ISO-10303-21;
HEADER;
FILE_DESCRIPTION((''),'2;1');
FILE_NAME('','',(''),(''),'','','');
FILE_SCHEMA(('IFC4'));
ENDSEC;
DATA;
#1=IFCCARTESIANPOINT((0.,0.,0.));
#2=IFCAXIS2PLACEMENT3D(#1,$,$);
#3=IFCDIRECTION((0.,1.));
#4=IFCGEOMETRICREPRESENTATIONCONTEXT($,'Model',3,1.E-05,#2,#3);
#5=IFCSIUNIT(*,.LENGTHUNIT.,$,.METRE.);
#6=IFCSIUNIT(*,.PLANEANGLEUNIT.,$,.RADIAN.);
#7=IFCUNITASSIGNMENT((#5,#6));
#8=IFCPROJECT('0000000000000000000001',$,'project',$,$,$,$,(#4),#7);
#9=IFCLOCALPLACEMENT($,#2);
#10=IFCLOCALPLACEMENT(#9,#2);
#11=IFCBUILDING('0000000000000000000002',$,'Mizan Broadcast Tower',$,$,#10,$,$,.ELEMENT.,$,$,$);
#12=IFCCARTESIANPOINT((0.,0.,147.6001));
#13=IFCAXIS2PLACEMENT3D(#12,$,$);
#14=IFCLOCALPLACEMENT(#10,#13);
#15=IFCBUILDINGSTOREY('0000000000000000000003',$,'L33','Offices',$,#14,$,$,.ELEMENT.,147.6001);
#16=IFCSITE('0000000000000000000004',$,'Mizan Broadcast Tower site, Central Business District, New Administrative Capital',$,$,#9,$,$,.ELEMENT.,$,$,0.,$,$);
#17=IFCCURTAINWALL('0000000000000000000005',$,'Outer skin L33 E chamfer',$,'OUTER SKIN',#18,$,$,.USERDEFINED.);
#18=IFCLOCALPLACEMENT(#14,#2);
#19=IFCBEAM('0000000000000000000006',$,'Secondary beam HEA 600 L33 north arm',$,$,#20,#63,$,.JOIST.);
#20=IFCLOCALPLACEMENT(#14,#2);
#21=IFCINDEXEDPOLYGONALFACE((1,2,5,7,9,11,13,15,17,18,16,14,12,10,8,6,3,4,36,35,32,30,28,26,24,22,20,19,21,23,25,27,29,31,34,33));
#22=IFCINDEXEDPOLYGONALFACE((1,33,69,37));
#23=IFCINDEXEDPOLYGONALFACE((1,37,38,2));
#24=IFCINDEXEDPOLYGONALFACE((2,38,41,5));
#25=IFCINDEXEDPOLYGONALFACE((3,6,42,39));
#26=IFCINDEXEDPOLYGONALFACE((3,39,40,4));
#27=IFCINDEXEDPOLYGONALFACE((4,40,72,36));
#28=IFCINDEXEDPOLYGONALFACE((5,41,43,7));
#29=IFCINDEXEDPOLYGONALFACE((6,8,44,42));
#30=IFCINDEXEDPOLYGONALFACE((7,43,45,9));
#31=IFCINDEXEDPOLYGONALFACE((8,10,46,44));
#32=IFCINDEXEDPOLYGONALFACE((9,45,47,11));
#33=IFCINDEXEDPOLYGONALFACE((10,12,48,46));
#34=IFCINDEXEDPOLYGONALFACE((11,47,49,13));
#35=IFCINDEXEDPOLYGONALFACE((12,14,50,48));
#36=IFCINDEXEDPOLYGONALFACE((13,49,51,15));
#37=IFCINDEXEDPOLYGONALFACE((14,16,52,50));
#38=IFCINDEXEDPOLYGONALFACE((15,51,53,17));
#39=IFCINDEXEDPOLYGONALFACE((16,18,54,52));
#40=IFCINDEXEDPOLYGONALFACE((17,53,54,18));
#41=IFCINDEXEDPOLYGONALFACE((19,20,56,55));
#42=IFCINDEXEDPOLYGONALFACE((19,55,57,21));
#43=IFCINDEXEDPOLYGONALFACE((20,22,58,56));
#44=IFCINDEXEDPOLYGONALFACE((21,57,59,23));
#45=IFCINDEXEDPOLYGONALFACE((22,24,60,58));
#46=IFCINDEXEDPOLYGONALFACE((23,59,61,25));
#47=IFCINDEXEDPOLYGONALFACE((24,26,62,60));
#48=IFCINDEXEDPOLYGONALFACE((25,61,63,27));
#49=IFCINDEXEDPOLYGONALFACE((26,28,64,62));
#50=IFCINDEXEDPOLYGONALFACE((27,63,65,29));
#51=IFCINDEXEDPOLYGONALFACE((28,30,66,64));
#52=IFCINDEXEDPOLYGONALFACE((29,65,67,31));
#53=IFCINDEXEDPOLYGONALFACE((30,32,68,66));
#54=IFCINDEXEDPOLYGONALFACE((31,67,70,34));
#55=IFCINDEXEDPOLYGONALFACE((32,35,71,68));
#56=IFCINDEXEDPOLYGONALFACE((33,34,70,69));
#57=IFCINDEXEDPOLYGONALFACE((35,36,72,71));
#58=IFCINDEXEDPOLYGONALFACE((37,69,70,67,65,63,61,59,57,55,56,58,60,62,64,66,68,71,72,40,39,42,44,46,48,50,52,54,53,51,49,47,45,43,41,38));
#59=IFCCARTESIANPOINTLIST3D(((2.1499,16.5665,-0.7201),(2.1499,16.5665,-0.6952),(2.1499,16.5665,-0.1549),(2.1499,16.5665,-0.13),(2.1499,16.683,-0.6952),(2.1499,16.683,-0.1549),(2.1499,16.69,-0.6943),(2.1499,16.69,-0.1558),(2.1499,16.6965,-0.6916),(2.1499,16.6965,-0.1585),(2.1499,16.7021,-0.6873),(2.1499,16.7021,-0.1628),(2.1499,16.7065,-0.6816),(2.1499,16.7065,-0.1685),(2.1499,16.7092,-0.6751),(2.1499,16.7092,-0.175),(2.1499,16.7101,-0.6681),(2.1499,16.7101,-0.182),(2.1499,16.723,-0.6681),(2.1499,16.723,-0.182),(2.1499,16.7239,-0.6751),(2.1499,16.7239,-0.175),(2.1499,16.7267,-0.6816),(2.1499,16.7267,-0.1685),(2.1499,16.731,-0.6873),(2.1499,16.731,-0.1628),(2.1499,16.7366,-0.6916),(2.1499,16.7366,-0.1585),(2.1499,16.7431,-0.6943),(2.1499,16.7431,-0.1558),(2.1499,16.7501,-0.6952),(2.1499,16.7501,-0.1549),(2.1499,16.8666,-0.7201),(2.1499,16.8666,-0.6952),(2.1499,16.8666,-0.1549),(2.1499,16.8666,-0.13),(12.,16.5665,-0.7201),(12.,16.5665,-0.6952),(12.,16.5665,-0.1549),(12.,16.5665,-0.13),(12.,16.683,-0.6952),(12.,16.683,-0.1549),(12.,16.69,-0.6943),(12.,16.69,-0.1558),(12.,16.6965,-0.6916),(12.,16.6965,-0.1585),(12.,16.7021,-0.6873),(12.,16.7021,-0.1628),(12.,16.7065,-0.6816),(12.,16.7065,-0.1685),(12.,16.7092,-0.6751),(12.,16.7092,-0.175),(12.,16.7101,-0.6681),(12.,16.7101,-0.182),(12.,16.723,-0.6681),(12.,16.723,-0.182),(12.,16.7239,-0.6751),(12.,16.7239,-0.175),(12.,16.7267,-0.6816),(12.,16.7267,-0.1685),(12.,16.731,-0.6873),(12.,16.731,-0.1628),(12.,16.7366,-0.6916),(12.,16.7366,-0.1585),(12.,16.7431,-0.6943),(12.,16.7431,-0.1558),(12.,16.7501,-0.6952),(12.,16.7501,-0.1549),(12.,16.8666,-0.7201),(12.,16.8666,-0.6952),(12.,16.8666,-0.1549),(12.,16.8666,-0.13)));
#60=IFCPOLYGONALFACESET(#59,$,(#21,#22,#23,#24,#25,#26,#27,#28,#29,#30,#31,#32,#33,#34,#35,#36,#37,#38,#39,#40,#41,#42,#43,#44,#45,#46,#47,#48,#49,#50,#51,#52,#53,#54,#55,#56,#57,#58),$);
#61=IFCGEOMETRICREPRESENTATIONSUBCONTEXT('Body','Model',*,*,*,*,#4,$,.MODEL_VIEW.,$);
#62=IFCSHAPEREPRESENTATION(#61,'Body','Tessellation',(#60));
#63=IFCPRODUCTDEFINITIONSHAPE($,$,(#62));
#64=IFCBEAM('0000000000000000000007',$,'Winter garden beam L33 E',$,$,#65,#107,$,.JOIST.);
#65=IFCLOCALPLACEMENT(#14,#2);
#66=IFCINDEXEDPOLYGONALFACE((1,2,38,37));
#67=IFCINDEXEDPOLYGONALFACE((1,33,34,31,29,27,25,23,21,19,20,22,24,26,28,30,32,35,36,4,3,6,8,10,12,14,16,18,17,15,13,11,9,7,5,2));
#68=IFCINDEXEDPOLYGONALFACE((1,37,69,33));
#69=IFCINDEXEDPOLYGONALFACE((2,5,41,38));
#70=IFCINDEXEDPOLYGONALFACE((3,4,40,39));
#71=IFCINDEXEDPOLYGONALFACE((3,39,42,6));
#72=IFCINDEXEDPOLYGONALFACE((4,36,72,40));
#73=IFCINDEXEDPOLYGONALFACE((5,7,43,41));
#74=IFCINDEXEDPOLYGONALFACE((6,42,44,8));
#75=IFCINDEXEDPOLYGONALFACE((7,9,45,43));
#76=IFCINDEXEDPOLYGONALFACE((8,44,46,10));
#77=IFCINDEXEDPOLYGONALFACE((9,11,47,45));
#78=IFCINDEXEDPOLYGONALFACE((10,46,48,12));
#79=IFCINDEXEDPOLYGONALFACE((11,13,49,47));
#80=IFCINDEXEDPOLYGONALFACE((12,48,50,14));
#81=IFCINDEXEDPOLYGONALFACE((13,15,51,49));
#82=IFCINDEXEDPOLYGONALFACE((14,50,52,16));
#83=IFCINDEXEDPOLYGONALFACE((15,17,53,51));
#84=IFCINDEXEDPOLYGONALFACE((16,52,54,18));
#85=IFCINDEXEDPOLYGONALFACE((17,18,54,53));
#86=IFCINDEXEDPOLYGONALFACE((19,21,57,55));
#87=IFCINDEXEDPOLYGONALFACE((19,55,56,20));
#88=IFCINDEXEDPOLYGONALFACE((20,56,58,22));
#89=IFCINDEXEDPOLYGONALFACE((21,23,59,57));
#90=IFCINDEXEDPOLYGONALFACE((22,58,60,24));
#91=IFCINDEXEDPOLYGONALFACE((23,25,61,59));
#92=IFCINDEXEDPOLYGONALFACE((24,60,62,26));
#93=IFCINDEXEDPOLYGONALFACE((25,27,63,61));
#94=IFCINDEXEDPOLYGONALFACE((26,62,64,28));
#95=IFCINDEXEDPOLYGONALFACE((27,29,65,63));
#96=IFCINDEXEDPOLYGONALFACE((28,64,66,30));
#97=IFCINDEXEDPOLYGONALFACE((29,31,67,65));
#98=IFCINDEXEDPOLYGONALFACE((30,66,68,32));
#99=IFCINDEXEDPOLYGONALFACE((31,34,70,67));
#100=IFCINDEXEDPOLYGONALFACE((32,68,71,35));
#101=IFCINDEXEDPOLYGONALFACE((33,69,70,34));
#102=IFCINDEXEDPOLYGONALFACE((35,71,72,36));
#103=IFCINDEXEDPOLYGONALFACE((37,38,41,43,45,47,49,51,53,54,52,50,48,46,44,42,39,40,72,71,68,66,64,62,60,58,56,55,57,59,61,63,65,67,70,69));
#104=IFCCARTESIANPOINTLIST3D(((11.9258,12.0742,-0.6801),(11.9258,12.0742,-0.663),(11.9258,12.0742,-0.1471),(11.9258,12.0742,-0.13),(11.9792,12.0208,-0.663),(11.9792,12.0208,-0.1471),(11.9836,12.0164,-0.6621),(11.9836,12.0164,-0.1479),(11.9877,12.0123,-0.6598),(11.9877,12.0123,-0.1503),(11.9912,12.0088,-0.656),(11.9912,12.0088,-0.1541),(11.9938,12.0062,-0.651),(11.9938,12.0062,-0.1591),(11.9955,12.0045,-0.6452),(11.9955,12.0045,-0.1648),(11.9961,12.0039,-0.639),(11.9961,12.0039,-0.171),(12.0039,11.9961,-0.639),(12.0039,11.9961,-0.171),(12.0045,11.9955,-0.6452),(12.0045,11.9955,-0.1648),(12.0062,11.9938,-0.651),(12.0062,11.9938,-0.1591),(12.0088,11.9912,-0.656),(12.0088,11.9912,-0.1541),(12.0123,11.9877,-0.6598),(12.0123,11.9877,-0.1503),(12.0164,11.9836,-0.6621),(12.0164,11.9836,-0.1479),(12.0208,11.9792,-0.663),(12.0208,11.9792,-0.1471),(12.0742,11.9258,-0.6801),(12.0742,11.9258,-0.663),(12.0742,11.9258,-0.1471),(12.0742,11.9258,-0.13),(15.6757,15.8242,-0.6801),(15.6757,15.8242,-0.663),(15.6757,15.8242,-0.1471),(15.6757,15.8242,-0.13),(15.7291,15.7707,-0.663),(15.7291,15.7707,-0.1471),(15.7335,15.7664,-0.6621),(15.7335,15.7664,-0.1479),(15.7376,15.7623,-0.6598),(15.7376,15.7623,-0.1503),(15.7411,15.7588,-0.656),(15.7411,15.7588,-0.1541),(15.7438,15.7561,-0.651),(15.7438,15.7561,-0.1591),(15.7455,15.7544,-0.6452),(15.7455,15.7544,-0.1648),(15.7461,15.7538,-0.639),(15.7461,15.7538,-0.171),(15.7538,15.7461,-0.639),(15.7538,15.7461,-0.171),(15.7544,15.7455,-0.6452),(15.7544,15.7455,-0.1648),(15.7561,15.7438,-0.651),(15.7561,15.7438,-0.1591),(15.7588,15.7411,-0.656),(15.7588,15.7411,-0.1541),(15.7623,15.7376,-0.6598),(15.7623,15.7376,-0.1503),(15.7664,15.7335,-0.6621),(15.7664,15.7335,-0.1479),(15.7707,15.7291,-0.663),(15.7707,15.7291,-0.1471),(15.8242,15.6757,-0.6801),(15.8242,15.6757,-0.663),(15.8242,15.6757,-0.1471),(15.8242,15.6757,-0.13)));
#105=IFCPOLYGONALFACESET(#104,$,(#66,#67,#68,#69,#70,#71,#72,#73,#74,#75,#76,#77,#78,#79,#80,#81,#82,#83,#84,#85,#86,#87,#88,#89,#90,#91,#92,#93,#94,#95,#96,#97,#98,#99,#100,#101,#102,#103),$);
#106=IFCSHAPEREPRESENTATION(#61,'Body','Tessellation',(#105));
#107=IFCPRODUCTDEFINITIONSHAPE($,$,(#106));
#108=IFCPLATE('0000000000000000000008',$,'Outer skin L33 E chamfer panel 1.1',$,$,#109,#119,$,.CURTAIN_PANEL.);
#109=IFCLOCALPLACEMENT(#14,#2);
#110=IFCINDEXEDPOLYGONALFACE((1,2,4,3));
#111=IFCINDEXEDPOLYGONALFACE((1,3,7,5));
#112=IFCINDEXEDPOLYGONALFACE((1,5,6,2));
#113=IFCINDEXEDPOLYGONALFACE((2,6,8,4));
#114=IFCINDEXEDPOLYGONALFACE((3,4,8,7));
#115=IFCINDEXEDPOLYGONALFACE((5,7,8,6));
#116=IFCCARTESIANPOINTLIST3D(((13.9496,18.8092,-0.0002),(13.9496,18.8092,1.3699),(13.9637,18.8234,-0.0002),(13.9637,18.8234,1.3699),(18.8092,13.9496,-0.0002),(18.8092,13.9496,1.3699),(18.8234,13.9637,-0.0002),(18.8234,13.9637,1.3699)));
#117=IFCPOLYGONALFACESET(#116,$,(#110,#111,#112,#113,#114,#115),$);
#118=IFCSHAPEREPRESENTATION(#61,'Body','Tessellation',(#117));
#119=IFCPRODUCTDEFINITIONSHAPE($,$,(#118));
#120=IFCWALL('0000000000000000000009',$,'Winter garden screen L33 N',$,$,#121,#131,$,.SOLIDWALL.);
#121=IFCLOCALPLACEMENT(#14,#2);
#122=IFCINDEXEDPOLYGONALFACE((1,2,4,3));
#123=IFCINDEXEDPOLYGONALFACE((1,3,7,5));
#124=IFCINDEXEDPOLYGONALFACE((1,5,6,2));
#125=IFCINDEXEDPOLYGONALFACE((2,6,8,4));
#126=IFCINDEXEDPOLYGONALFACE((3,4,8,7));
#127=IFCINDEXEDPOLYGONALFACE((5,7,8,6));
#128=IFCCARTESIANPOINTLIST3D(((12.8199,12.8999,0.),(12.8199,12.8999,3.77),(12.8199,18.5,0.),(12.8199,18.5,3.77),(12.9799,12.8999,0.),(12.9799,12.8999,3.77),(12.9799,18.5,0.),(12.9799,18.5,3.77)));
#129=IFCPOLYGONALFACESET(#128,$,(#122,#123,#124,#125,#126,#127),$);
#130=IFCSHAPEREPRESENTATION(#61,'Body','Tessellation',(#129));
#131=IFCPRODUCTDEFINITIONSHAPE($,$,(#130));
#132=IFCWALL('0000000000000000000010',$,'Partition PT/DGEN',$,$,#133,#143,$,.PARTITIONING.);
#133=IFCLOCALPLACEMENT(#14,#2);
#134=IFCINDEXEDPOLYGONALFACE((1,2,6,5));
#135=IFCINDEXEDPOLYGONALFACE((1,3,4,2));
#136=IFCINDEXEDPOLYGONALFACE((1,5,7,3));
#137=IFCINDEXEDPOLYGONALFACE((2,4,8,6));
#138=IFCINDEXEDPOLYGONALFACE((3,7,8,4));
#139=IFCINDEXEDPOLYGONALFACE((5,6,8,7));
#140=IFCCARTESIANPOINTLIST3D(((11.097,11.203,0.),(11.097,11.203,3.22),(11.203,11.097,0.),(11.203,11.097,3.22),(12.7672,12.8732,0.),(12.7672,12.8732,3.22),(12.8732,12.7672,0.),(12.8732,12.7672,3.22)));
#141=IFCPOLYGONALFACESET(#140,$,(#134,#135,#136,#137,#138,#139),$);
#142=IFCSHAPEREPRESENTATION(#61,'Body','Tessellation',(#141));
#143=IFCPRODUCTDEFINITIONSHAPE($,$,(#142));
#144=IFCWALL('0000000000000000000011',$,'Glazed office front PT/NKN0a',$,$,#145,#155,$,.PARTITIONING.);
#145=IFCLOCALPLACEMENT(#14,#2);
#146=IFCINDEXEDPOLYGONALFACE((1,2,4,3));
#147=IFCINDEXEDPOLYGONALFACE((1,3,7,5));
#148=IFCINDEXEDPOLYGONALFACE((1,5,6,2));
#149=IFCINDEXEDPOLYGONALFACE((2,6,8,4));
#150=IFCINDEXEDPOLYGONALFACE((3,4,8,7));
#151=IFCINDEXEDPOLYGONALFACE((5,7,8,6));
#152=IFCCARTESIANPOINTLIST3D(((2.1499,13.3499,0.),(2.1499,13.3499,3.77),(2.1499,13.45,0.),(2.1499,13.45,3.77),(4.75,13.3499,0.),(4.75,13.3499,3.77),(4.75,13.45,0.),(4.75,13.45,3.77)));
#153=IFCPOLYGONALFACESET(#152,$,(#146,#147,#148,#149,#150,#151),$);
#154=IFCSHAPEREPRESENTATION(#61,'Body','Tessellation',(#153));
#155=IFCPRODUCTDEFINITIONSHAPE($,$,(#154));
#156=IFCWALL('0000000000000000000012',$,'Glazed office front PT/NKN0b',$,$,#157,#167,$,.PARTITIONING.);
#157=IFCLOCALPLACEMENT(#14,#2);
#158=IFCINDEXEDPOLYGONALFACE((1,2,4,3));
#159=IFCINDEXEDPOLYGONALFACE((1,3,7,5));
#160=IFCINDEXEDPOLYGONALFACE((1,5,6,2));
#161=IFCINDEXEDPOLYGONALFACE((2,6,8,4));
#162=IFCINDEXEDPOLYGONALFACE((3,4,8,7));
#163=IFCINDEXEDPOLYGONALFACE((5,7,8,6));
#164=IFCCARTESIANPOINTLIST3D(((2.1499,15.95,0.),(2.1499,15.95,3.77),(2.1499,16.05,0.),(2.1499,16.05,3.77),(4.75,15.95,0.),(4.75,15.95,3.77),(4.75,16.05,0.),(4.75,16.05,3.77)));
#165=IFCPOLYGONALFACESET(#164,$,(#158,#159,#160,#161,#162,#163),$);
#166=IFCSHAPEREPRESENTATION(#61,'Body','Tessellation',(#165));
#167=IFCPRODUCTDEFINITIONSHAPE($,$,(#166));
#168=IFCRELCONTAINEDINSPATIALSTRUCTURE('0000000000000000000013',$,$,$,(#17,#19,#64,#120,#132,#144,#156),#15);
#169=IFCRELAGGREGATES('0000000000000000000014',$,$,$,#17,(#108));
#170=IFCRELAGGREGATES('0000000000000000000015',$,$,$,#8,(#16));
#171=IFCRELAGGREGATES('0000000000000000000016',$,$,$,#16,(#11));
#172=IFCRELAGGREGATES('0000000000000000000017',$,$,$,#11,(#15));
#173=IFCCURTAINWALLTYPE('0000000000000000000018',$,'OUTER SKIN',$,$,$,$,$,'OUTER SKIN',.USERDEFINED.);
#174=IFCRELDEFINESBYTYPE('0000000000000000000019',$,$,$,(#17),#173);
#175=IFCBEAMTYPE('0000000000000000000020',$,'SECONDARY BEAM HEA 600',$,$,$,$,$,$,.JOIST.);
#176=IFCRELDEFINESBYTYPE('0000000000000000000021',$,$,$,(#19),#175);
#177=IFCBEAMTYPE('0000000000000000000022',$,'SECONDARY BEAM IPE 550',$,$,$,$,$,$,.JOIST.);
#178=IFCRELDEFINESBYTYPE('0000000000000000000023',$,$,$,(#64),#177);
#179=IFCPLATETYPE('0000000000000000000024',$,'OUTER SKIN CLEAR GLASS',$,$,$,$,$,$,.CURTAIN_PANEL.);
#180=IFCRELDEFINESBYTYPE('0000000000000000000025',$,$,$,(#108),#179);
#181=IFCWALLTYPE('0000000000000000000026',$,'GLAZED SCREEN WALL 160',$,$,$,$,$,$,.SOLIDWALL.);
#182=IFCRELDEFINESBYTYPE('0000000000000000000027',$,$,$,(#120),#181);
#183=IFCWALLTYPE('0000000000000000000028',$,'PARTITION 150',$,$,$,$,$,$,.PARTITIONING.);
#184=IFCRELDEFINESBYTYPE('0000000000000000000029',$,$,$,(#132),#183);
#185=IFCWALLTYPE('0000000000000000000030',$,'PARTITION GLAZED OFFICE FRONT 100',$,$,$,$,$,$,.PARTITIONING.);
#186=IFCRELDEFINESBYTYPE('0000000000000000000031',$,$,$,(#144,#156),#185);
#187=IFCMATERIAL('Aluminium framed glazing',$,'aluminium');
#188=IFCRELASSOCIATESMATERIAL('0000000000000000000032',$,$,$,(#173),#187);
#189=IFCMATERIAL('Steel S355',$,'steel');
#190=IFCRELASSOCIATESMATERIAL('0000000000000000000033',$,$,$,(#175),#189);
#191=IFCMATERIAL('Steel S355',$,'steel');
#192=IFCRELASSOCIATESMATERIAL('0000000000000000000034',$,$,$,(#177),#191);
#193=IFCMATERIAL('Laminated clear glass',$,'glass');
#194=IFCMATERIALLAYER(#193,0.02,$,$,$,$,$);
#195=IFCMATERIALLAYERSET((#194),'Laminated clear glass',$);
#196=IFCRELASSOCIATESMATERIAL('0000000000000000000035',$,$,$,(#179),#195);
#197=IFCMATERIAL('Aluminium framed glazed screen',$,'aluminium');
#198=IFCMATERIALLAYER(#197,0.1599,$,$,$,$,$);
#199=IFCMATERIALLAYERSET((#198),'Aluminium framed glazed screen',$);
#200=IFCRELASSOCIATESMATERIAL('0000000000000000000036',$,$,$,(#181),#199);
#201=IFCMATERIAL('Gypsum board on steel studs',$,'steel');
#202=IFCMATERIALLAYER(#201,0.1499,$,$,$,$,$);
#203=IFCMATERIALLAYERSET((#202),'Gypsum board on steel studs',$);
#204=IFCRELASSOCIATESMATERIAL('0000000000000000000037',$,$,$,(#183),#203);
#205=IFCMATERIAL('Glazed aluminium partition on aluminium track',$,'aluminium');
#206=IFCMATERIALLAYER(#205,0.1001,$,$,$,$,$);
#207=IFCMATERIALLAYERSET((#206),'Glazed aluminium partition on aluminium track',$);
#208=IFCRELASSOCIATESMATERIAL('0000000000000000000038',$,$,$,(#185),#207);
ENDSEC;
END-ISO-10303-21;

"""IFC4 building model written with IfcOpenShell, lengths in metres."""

from ifc_helpers import new_model, si_unit, direction, frame, frame_2d, origin, origin_2d, place, context, subcontext, project, spatial, rectangle, i_section, extrude, material, layer, layer_set, material_profile, profile_set, type_object, element, aggregate, save


model = new_model("IFC4")

# Units and contexts
model_context = context("Model", 3, precision=1e-05, world=origin(), true_north=direction((0.0, 1.0)))
body_context = subcontext(model_context, "Body", "Model", "MODEL_VIEW")
ifc_project = project(units=[si_unit("LENGTHUNIT", "METRE"), si_unit("PLANEANGLEUNIT", "RADIAN")], contexts=[model_context])

# Site, building, storey
site_placement = place(None, origin())
site = spatial("IfcSite", under=ifc_project, at=site_placement, Name="Mizan Broadcast Tower site, Central Business District, New Administrative Capital", CompositionType="ELEMENT", RefElevation=0.0)
building_placement = place(site_placement, origin())
building = spatial("IfcBuilding", under=site, at=building_placement, Name="Mizan Broadcast Tower", CompositionType="ELEMENT")
storey_placement = place(building_placement, frame((0.0, 0.0, 147.6001)))
storey = spatial("IfcBuildingStorey", under=building, at=storey_placement, Name="L33", Description="Offices", CompositionType="ELEMENT", Elevation=147.6001)

# Curtain wall
ifc_material_1 = material(Name="Aluminium framed glazing", Category="aluminium")
curtain_wall_type_1 = type_object("IfcCurtainWallType", Name="OUTER SKIN", ElementType="OUTER SKIN", PredefinedType="USERDEFINED", material=ifc_material_1)
curtain_wall_1_placement = place(storey_placement, origin())
curtain_wall_1 = element("IfcCurtainWall", 1, at=curtain_wall_1_placement, inside=storey, type_object=curtain_wall_type_1, Name="Outer skin L33 E chamfer", ObjectType="OUTER SKIN", PredefinedType="USERDEFINED")

# Beams
ifc_material_2 = material(Name="Steel S355", Category="steel")
ifc_material_profile_1 = material_profile(ifc_material_2, i_section(OverallWidth=0.3, OverallDepth=0.5901, WebThickness=0.0129, FlangeThickness=0.0249, FilletRadius=0.0271, at=origin_2d()), Name="HEA 600")
ifc_profile_set_1 = profile_set([ifc_material_profile_1], Name="Steel S355")
beam_type_1 = type_object("IfcBeamType", Name="SECONDARY BEAM HEA 600", PredefinedType="JOIST", material=ifc_profile_set_1)
for number, where, z_axis, x_axis, name in (
    (2, (12.0, 16.7166, -0.425), (-1.0, 0.0, 0.0), (0.0, -1.0, 0.0), "Secondary beam HEA 600 L33 north arm"),
):
    element("IfcBeam", number, at=place(storey_placement, frame(where, z_axis=z_axis, x_axis=x_axis)), inside=storey, type_object=beam_type_1, Name=name, PredefinedType="JOIST", context=body_context, shape_type="SweptSolid", body=[
        extrude(i_section(OverallWidth=0.3, OverallDepth=0.5901, WebThickness=0.0129, FlangeThickness=0.0249, FilletRadius=0.0271, at=origin_2d()), origin(), (0.0, 0.0, 1.0), 9.8501),
    ])
ifc_material_3 = material(Name="Steel S355", Category="steel")
ifc_material_profile_2 = material_profile(ifc_material_3, i_section(OverallWidth=0.21, OverallDepth=0.55, WebThickness=0.011, FlangeThickness=0.0171, FilletRadius=0.0239, at=origin_2d()), Name="IPE 550")
ifc_profile_set_2 = profile_set([ifc_material_profile_2], Name="Steel S355")
beam_type_2 = type_object("IfcBeamType", Name="SECONDARY BEAM IPE 550", PredefinedType="JOIST", material=ifc_profile_set_2)
beam_placement = place(storey_placement, frame((12.0, 12.0, -0.405), z_axis=(0.707107, 0.707107, 0.0), x_axis=(-0.707107, 0.707107, 0.0)))
element("IfcBeam", 3, at=beam_placement, inside=storey, type_object=beam_type_2, Name="Winter garden beam L33 E", PredefinedType="JOIST", context=body_context, shape_type="SweptSolid", body=[
    extrude(i_section(OverallWidth=0.21, OverallDepth=0.55, WebThickness=0.011, FlangeThickness=0.0171, FilletRadius=0.0239, at=origin_2d()), origin(), (0.0, 0.0, 1.0), 5.3032),
])

# Plate
ifc_material_4 = material(Name="Laminated clear glass", Category="glass")
ifc_layer_1 = layer(ifc_material_4, 0.02)
ifc_layer_set_1 = layer_set([ifc_layer_1], Name="Laminated clear glass")
plate_type = type_object("IfcPlateType", Name="OUTER SKIN CLEAR GLASS", PredefinedType="CURTAIN_PANEL", material=ifc_layer_set_1)
plate_placement = place(storey_placement, frame((16.3865, 16.3865, -0.0002), z_axis=(0.0, 0.0, 1.0), x_axis=(-0.707107, 0.707107, 0.0)))
plate = element("IfcPlate", 4, at=plate_placement, type_object=plate_type, Name="Outer skin L33 E chamfer panel 1.1", PredefinedType="CURTAIN_PANEL", context=body_context, shape_type="SweptSolid", body=[
    extrude(rectangle(XDim=6.8726, YDim=0.02, at=origin_2d()), origin(), (0.0, 0.0, 1.0), 1.3701),
])
aggregate(curtain_wall_1, [plate])

# Walls
ifc_material_5 = material(Name="Aluminium framed glazed screen", Category="aluminium")
ifc_layer_2 = layer(ifc_material_5, 0.1599)
ifc_layer_set_2 = layer_set([ifc_layer_2], Name="Aluminium framed glazed screen")
wall_type_1 = type_object("IfcWallType", Name="GLAZED SCREEN WALL 160", PredefinedType="SOLIDWALL", material=ifc_layer_set_2)
wall_1_placement = place(storey_placement, frame((12.8999, 12.8999, 0.0), z_axis=(0.0, 0.0, 1.0), x_axis=(0.0, 1.0, 0.0)))
element("IfcWall", 5, at=wall_1_placement, inside=storey, type_object=wall_type_1, Name="Winter garden screen L33 N", PredefinedType="SOLIDWALL", context=body_context, shape_type="SweptSolid", body=[
    extrude(rectangle(XDim=5.6001, YDim=0.1599, at=frame_2d((2.8, 0.0))), origin(), (0.0, 0.0, 1.0), 3.77),
])
ifc_material_6 = material(Name="Gypsum board on steel studs", Category="steel")
ifc_layer_3 = layer(ifc_material_6, 0.1499)
ifc_layer_set_3 = layer_set([ifc_layer_3], Name="Gypsum board on steel studs")
wall_type_2 = type_object("IfcWallType", Name="PARTITION 150", PredefinedType="PARTITIONING", material=ifc_layer_set_3)
wall_2_placement = place(storey_placement, frame((11.1499, 11.1499, 0.0), z_axis=(0.0, 0.0, 1.0), x_axis=(0.707107, 0.707107, 0.0)))
element("IfcWall", 6, at=wall_2_placement, inside=storey, type_object=wall_type_2, Name="Partition PT/DGEN", PredefinedType="PARTITIONING", context=body_context, shape_type="SweptSolid", body=[
    extrude(rectangle(XDim=2.3621, YDim=0.1499, at=frame_2d((1.1812, 0.0))), origin(), (0.0, 0.0, 1.0), 3.22),
])
ifc_material_7 = material(Name="Glazed aluminium partition on aluminium track", Category="aluminium")
ifc_layer_4 = layer(ifc_material_7, 0.1001)
ifc_layer_set_4 = layer_set([ifc_layer_4], Name="Glazed aluminium partition on aluminium track")
wall_type_3 = type_object("IfcWallType", Name="PARTITION GLAZED OFFICE FRONT 100", PredefinedType="PARTITIONING", material=ifc_layer_set_4)
for number, where, z_axis, x_axis, name in (
    (7, (2.1499, 13.3999, 0.0), (0.0, 0.0, 1.0), (1.0, 0.0, 0.0), "Glazed office front PT/NKN0a"),
    (8, (2.1499, 16.0, 0.0), (0.0, 0.0, 1.0), (1.0, 0.0, 0.0), "Glazed office front PT/NKN0b"),
):
    element("IfcWall", number, at=place(storey_placement, frame(where, z_axis=z_axis, x_axis=x_axis)), inside=storey, type_object=wall_type_3, Name=name, PredefinedType="PARTITIONING", context=body_context, shape_type="SweptSolid", body=[
        extrude(rectangle(XDim=2.6001, YDim=0.1001, at=frame_2d((1.3, 0.0))), origin(), (0.0, 0.0, 1.0), 3.77),
    ])

save(model, "model.ifc")
